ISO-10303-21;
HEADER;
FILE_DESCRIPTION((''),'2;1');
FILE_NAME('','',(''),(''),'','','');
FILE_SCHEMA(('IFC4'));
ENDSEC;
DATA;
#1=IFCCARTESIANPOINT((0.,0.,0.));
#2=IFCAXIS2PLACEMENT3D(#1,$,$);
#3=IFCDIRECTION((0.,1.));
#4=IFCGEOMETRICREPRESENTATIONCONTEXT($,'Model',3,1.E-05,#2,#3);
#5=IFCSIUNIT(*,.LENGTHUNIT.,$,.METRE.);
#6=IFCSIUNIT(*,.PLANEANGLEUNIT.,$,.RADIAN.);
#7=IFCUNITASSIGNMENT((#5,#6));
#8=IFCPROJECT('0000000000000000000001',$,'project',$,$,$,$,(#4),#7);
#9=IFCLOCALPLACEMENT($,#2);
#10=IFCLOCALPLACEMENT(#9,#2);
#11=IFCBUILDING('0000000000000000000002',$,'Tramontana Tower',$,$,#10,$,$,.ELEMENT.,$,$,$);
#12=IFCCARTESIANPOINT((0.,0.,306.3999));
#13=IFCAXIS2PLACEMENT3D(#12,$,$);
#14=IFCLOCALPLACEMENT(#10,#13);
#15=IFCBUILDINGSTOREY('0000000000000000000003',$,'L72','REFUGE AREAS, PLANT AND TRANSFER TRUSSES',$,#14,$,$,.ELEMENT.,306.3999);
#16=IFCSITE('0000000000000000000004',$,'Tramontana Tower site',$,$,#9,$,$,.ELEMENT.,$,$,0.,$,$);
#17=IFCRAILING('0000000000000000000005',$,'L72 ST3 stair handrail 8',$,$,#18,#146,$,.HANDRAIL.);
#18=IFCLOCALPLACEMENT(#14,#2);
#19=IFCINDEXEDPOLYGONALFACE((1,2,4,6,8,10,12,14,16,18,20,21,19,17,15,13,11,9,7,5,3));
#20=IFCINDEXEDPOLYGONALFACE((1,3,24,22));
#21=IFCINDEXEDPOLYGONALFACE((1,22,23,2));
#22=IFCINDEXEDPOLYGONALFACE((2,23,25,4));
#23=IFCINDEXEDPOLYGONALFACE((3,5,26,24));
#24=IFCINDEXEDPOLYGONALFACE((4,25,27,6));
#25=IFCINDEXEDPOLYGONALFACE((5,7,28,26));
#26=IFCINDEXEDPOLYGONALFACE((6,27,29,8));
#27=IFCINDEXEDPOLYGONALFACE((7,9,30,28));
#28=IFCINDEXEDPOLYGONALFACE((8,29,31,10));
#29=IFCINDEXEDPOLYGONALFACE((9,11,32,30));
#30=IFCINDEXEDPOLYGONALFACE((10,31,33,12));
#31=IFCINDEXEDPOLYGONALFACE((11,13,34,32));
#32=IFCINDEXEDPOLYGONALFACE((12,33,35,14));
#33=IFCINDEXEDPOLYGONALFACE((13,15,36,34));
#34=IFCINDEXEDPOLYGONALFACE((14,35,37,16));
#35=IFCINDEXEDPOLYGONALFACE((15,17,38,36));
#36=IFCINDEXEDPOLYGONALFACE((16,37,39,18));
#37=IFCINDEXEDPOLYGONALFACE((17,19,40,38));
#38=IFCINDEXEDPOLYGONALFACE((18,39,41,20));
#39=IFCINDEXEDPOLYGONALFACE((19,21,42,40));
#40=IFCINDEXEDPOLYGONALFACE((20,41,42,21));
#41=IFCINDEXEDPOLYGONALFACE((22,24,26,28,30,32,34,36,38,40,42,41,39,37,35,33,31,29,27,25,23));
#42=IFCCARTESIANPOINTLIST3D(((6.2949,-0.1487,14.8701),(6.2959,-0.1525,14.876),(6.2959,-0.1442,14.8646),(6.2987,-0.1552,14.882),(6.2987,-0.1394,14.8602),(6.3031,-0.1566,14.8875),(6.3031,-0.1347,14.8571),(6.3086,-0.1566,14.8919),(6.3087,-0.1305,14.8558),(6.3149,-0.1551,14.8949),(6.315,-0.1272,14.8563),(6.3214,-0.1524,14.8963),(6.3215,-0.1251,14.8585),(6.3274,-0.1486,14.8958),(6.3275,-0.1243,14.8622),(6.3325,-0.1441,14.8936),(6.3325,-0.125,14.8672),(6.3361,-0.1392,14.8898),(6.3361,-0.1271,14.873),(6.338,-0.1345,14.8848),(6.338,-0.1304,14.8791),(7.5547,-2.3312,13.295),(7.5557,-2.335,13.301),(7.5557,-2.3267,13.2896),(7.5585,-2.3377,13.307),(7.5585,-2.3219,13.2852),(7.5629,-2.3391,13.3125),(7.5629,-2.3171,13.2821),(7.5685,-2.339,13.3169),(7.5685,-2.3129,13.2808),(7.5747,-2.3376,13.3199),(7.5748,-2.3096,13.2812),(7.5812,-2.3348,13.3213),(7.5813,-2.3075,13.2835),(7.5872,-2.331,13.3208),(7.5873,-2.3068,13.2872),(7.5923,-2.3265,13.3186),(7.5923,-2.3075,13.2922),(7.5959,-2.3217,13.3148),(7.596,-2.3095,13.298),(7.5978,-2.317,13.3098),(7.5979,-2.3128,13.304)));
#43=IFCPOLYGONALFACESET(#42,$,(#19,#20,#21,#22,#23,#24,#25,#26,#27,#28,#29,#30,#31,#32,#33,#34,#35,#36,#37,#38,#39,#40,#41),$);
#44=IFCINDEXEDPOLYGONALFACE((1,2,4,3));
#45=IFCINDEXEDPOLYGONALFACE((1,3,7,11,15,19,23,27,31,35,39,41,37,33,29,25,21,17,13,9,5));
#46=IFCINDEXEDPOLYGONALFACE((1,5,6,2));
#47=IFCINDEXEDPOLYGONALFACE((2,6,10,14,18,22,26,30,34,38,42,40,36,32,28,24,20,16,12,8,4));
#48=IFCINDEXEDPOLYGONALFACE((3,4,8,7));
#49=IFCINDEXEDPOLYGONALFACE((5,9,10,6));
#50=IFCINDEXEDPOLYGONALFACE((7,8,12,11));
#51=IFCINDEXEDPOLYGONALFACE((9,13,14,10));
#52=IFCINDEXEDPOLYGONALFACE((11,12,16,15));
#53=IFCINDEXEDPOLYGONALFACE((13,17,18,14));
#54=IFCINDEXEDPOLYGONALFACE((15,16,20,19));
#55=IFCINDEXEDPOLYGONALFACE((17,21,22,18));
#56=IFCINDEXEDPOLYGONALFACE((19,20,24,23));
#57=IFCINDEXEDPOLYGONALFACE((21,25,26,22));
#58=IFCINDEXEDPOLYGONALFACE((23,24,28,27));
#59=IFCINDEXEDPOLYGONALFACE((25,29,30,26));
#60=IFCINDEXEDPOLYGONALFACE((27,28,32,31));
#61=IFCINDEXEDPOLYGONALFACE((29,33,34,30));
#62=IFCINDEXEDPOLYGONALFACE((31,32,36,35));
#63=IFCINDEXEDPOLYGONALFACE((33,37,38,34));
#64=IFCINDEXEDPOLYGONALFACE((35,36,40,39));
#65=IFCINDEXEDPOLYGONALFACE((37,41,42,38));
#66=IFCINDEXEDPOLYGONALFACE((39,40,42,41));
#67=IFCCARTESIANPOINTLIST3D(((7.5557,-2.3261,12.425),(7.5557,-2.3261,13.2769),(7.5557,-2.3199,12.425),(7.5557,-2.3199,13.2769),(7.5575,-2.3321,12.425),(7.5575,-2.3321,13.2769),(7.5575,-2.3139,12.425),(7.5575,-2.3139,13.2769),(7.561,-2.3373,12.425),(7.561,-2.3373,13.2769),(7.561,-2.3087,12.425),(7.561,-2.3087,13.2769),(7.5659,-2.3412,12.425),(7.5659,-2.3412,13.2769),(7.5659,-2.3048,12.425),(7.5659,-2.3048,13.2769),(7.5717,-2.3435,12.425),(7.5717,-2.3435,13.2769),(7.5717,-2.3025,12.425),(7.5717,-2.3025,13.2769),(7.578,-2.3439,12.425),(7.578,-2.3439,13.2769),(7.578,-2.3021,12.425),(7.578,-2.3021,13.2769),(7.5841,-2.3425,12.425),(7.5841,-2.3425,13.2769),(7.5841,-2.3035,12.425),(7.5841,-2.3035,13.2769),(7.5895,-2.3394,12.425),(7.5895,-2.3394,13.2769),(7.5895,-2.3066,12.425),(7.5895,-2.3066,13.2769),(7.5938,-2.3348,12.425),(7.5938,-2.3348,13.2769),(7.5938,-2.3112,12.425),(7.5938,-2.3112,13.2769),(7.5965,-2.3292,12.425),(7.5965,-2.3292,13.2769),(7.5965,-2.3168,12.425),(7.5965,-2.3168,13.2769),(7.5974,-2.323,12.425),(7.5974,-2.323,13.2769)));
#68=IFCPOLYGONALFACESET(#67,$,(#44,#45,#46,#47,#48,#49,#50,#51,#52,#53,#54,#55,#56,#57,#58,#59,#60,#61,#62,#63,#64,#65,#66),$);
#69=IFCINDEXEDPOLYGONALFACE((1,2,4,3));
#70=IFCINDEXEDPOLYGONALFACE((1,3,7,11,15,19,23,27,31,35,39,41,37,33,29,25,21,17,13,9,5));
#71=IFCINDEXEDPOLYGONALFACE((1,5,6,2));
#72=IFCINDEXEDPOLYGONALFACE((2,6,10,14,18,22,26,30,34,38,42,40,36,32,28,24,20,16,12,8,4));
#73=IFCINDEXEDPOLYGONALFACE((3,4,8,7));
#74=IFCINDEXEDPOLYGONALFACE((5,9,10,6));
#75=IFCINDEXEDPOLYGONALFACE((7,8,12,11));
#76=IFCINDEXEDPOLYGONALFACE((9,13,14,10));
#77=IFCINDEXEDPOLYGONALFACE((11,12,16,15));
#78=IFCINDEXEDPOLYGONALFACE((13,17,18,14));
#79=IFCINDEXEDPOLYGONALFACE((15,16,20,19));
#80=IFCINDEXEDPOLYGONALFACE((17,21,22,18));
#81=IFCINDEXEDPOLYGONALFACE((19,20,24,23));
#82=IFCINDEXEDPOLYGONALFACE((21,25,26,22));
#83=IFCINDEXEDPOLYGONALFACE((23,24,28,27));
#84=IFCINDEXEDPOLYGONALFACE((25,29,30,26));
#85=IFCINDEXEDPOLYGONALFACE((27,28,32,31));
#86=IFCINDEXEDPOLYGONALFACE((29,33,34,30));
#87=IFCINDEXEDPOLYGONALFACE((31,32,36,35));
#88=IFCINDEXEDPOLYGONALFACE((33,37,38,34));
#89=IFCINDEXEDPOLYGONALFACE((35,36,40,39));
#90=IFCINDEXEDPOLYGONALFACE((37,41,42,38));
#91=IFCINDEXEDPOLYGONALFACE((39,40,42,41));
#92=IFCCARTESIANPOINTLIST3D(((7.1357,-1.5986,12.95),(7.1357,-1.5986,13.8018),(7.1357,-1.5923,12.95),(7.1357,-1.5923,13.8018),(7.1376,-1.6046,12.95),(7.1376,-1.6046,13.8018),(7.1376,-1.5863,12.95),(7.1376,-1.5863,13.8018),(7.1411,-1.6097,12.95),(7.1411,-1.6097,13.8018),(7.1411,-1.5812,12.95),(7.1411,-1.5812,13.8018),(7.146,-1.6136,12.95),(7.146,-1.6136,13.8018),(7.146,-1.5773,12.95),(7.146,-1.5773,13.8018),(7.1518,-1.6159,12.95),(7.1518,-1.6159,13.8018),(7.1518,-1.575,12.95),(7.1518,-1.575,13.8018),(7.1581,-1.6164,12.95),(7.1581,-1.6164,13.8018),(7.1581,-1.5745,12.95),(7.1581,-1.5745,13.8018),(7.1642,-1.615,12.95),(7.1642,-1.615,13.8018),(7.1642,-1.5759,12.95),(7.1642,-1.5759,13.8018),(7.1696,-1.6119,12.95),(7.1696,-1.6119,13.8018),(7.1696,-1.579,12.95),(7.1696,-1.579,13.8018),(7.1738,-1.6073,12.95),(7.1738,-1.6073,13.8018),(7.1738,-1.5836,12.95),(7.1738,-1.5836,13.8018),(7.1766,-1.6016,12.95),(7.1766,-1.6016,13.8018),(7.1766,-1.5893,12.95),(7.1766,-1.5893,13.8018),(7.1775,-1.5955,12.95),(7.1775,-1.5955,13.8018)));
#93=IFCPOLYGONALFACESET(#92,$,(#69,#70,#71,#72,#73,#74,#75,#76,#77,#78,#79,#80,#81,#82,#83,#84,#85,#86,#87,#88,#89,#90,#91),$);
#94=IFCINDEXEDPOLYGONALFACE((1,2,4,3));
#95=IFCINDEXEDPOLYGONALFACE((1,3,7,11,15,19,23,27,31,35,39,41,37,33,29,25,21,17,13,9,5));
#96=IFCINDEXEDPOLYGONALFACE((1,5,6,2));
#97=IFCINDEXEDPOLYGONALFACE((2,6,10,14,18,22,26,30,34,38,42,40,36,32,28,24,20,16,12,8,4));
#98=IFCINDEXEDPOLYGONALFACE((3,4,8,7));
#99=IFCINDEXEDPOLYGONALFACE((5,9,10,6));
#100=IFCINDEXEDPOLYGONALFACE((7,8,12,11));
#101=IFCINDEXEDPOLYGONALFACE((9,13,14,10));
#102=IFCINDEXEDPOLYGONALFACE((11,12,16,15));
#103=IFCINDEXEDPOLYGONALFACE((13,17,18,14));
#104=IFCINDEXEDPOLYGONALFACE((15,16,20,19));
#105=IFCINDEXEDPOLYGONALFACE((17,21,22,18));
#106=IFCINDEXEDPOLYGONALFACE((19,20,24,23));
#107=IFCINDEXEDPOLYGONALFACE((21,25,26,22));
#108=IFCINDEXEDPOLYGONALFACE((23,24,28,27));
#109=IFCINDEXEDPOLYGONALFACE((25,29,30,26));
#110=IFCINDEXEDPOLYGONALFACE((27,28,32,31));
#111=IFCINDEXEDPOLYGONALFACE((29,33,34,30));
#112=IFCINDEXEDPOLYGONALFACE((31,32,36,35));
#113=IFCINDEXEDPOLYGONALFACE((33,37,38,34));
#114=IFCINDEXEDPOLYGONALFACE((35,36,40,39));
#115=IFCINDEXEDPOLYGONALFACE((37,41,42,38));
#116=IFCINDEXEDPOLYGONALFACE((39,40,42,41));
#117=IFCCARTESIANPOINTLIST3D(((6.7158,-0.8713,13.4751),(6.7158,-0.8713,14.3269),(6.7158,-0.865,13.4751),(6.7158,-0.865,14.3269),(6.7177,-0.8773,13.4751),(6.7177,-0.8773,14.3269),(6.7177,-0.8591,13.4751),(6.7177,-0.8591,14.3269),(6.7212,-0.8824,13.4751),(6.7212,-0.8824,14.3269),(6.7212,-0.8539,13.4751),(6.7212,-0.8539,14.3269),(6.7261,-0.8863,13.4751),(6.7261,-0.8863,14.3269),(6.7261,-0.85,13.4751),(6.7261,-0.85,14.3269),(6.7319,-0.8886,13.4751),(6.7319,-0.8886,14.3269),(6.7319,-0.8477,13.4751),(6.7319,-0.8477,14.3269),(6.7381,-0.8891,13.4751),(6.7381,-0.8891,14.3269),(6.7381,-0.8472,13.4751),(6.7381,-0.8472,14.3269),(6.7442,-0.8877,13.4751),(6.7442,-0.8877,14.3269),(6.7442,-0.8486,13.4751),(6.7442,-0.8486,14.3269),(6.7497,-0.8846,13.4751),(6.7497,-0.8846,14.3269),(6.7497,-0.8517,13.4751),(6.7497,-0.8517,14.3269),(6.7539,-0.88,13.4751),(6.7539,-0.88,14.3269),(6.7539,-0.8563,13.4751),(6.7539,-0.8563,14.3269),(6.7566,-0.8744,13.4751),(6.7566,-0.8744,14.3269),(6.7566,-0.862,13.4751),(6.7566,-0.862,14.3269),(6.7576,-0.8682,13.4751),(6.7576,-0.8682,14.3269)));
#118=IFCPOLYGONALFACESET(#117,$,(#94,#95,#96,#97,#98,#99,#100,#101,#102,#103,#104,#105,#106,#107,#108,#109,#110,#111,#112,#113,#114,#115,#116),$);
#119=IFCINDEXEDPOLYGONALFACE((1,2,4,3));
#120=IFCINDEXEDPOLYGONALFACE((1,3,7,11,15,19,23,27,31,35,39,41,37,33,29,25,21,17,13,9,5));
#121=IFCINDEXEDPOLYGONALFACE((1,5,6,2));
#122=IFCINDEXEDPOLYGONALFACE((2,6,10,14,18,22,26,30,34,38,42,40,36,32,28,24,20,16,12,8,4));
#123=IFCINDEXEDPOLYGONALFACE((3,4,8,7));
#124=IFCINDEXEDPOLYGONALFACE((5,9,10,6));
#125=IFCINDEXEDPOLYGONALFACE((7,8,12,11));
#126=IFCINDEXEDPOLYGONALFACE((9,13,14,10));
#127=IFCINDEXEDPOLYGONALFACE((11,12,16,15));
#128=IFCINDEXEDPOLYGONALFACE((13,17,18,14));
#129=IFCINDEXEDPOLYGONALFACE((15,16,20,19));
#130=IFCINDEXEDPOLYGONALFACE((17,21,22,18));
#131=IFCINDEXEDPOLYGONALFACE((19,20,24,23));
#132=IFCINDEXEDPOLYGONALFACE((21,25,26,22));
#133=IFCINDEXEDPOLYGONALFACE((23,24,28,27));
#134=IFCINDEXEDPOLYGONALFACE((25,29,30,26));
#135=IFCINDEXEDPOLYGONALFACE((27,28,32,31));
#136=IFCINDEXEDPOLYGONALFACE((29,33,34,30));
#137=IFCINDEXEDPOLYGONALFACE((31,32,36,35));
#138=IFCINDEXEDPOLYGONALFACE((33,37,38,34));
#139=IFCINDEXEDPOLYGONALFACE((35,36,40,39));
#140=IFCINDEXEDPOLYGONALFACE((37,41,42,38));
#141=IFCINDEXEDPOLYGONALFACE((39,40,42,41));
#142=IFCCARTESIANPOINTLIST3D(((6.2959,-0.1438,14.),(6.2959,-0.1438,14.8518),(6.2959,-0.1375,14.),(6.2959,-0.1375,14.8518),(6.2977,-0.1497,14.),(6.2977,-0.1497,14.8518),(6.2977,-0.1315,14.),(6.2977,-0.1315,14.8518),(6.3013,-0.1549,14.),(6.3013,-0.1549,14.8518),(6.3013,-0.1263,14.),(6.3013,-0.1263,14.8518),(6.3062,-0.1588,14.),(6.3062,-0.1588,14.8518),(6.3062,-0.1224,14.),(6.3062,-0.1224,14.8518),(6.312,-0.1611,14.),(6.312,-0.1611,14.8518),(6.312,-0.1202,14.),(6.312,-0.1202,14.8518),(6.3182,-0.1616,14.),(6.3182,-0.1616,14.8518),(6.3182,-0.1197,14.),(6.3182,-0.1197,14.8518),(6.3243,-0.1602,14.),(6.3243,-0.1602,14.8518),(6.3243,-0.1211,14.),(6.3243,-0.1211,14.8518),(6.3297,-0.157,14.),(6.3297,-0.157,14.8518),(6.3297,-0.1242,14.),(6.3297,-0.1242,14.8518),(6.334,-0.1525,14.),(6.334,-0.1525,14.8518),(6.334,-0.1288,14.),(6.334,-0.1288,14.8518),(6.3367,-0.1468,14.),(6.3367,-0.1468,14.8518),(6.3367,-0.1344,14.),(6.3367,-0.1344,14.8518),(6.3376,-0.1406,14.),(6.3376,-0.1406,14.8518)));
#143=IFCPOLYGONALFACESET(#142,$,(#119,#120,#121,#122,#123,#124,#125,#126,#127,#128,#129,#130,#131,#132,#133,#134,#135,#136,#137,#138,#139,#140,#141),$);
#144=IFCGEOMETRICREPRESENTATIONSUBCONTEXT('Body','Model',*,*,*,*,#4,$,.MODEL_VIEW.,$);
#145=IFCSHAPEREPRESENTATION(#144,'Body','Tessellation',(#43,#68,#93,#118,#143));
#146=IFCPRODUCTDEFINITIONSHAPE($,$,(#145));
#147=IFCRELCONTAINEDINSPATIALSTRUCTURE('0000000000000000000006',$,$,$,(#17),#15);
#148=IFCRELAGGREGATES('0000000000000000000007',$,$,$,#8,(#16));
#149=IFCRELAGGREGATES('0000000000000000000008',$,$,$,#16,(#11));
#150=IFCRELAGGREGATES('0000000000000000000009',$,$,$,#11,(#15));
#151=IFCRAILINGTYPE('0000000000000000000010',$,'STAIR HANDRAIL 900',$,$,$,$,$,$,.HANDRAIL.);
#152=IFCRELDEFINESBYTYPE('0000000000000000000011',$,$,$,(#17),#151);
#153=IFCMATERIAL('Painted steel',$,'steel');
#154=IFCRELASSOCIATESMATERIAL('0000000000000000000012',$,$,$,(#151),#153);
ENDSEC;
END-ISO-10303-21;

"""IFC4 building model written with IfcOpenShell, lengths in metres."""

from ifc_helpers import new_model, si_unit, direction, frame, origin, origin_2d, place, context, subcontext, project, spatial, circle, extrude, material, type_object, element, save


model = new_model("IFC4")

# Units and contexts
model_context = context("Model", 3, precision=1e-05, world=origin(), true_north=direction((0.0, 1.0)))
body_context = subcontext(model_context, "Body", "Model", "MODEL_VIEW")
ifc_project = project(units=[si_unit("LENGTHUNIT", "METRE"), si_unit("PLANEANGLEUNIT", "RADIAN")], contexts=[model_context])

# Site, building, storey
site_placement = place(None, origin())
site = spatial("IfcSite", under=ifc_project, at=site_placement, Name="Tramontana Tower site", CompositionType="ELEMENT", RefElevation=0.0)
building_placement = place(site_placement, origin())
building = spatial("IfcBuilding", under=site, at=building_placement, Name="Tramontana Tower", CompositionType="ELEMENT")
storey_placement = place(building_placement, frame((0.0, 0.0, 306.3999)))
storey = spatial("IfcBuildingStorey", under=building, at=storey_placement, Name="L72", Description="REFUGE AREAS, PLANT AND TRANSFER TRUSSES", CompositionType="ELEMENT", Elevation=306.3999)

# Railing
ifc_material_1 = material(Name="Painted steel", Category="steel")
railing_type_1 = type_object("IfcRailingType", Name="STAIR HANDRAIL 900", PredefinedType="HANDRAIL", material=ifc_material_1)
for number, where, name in (
    (1, (7.5764, -2.323, 12.425), "L72 ST3 stair handrail 8"),
):
    element("IfcRailing", number, at=place(storey_placement, frame(where)), inside=storey, type_object=railing_type_1, Name=name, PredefinedType="HANDRAIL", context=body_context, shape_type="SweptSolid", body=[
        extrude(circle(Radius=0.0239, at=origin_2d()), frame((0.0, 0.0, 0.876), z_axis=(-0.423939, 0.734417, 0.530006), x_axis=(-0.866065, -0.499932, 0.0)), (0.0, 0.0, 1.0), 2.9717),
        extrude(circle(Radius=0.021, at=origin_2d()), origin(), (0.0, 0.0, 1.0), 0.8518),
        extrude(circle(Radius=0.021, at=origin_2d()), frame((-0.4199, 0.7275, 0.5249)), (0.0, 0.0, 1.0), 0.8518),
        extrude(circle(Radius=0.021, at=origin_2d()), frame((-0.8398, 1.4548, 1.05)), (0.0, 0.0, 1.0), 0.8518),
        extrude(circle(Radius=0.021, at=origin_2d()), frame((-1.2598, 2.1824, 1.575)), (0.0, 0.0, 1.0), 0.8518),
    ])

save(model, "model.ifc")
